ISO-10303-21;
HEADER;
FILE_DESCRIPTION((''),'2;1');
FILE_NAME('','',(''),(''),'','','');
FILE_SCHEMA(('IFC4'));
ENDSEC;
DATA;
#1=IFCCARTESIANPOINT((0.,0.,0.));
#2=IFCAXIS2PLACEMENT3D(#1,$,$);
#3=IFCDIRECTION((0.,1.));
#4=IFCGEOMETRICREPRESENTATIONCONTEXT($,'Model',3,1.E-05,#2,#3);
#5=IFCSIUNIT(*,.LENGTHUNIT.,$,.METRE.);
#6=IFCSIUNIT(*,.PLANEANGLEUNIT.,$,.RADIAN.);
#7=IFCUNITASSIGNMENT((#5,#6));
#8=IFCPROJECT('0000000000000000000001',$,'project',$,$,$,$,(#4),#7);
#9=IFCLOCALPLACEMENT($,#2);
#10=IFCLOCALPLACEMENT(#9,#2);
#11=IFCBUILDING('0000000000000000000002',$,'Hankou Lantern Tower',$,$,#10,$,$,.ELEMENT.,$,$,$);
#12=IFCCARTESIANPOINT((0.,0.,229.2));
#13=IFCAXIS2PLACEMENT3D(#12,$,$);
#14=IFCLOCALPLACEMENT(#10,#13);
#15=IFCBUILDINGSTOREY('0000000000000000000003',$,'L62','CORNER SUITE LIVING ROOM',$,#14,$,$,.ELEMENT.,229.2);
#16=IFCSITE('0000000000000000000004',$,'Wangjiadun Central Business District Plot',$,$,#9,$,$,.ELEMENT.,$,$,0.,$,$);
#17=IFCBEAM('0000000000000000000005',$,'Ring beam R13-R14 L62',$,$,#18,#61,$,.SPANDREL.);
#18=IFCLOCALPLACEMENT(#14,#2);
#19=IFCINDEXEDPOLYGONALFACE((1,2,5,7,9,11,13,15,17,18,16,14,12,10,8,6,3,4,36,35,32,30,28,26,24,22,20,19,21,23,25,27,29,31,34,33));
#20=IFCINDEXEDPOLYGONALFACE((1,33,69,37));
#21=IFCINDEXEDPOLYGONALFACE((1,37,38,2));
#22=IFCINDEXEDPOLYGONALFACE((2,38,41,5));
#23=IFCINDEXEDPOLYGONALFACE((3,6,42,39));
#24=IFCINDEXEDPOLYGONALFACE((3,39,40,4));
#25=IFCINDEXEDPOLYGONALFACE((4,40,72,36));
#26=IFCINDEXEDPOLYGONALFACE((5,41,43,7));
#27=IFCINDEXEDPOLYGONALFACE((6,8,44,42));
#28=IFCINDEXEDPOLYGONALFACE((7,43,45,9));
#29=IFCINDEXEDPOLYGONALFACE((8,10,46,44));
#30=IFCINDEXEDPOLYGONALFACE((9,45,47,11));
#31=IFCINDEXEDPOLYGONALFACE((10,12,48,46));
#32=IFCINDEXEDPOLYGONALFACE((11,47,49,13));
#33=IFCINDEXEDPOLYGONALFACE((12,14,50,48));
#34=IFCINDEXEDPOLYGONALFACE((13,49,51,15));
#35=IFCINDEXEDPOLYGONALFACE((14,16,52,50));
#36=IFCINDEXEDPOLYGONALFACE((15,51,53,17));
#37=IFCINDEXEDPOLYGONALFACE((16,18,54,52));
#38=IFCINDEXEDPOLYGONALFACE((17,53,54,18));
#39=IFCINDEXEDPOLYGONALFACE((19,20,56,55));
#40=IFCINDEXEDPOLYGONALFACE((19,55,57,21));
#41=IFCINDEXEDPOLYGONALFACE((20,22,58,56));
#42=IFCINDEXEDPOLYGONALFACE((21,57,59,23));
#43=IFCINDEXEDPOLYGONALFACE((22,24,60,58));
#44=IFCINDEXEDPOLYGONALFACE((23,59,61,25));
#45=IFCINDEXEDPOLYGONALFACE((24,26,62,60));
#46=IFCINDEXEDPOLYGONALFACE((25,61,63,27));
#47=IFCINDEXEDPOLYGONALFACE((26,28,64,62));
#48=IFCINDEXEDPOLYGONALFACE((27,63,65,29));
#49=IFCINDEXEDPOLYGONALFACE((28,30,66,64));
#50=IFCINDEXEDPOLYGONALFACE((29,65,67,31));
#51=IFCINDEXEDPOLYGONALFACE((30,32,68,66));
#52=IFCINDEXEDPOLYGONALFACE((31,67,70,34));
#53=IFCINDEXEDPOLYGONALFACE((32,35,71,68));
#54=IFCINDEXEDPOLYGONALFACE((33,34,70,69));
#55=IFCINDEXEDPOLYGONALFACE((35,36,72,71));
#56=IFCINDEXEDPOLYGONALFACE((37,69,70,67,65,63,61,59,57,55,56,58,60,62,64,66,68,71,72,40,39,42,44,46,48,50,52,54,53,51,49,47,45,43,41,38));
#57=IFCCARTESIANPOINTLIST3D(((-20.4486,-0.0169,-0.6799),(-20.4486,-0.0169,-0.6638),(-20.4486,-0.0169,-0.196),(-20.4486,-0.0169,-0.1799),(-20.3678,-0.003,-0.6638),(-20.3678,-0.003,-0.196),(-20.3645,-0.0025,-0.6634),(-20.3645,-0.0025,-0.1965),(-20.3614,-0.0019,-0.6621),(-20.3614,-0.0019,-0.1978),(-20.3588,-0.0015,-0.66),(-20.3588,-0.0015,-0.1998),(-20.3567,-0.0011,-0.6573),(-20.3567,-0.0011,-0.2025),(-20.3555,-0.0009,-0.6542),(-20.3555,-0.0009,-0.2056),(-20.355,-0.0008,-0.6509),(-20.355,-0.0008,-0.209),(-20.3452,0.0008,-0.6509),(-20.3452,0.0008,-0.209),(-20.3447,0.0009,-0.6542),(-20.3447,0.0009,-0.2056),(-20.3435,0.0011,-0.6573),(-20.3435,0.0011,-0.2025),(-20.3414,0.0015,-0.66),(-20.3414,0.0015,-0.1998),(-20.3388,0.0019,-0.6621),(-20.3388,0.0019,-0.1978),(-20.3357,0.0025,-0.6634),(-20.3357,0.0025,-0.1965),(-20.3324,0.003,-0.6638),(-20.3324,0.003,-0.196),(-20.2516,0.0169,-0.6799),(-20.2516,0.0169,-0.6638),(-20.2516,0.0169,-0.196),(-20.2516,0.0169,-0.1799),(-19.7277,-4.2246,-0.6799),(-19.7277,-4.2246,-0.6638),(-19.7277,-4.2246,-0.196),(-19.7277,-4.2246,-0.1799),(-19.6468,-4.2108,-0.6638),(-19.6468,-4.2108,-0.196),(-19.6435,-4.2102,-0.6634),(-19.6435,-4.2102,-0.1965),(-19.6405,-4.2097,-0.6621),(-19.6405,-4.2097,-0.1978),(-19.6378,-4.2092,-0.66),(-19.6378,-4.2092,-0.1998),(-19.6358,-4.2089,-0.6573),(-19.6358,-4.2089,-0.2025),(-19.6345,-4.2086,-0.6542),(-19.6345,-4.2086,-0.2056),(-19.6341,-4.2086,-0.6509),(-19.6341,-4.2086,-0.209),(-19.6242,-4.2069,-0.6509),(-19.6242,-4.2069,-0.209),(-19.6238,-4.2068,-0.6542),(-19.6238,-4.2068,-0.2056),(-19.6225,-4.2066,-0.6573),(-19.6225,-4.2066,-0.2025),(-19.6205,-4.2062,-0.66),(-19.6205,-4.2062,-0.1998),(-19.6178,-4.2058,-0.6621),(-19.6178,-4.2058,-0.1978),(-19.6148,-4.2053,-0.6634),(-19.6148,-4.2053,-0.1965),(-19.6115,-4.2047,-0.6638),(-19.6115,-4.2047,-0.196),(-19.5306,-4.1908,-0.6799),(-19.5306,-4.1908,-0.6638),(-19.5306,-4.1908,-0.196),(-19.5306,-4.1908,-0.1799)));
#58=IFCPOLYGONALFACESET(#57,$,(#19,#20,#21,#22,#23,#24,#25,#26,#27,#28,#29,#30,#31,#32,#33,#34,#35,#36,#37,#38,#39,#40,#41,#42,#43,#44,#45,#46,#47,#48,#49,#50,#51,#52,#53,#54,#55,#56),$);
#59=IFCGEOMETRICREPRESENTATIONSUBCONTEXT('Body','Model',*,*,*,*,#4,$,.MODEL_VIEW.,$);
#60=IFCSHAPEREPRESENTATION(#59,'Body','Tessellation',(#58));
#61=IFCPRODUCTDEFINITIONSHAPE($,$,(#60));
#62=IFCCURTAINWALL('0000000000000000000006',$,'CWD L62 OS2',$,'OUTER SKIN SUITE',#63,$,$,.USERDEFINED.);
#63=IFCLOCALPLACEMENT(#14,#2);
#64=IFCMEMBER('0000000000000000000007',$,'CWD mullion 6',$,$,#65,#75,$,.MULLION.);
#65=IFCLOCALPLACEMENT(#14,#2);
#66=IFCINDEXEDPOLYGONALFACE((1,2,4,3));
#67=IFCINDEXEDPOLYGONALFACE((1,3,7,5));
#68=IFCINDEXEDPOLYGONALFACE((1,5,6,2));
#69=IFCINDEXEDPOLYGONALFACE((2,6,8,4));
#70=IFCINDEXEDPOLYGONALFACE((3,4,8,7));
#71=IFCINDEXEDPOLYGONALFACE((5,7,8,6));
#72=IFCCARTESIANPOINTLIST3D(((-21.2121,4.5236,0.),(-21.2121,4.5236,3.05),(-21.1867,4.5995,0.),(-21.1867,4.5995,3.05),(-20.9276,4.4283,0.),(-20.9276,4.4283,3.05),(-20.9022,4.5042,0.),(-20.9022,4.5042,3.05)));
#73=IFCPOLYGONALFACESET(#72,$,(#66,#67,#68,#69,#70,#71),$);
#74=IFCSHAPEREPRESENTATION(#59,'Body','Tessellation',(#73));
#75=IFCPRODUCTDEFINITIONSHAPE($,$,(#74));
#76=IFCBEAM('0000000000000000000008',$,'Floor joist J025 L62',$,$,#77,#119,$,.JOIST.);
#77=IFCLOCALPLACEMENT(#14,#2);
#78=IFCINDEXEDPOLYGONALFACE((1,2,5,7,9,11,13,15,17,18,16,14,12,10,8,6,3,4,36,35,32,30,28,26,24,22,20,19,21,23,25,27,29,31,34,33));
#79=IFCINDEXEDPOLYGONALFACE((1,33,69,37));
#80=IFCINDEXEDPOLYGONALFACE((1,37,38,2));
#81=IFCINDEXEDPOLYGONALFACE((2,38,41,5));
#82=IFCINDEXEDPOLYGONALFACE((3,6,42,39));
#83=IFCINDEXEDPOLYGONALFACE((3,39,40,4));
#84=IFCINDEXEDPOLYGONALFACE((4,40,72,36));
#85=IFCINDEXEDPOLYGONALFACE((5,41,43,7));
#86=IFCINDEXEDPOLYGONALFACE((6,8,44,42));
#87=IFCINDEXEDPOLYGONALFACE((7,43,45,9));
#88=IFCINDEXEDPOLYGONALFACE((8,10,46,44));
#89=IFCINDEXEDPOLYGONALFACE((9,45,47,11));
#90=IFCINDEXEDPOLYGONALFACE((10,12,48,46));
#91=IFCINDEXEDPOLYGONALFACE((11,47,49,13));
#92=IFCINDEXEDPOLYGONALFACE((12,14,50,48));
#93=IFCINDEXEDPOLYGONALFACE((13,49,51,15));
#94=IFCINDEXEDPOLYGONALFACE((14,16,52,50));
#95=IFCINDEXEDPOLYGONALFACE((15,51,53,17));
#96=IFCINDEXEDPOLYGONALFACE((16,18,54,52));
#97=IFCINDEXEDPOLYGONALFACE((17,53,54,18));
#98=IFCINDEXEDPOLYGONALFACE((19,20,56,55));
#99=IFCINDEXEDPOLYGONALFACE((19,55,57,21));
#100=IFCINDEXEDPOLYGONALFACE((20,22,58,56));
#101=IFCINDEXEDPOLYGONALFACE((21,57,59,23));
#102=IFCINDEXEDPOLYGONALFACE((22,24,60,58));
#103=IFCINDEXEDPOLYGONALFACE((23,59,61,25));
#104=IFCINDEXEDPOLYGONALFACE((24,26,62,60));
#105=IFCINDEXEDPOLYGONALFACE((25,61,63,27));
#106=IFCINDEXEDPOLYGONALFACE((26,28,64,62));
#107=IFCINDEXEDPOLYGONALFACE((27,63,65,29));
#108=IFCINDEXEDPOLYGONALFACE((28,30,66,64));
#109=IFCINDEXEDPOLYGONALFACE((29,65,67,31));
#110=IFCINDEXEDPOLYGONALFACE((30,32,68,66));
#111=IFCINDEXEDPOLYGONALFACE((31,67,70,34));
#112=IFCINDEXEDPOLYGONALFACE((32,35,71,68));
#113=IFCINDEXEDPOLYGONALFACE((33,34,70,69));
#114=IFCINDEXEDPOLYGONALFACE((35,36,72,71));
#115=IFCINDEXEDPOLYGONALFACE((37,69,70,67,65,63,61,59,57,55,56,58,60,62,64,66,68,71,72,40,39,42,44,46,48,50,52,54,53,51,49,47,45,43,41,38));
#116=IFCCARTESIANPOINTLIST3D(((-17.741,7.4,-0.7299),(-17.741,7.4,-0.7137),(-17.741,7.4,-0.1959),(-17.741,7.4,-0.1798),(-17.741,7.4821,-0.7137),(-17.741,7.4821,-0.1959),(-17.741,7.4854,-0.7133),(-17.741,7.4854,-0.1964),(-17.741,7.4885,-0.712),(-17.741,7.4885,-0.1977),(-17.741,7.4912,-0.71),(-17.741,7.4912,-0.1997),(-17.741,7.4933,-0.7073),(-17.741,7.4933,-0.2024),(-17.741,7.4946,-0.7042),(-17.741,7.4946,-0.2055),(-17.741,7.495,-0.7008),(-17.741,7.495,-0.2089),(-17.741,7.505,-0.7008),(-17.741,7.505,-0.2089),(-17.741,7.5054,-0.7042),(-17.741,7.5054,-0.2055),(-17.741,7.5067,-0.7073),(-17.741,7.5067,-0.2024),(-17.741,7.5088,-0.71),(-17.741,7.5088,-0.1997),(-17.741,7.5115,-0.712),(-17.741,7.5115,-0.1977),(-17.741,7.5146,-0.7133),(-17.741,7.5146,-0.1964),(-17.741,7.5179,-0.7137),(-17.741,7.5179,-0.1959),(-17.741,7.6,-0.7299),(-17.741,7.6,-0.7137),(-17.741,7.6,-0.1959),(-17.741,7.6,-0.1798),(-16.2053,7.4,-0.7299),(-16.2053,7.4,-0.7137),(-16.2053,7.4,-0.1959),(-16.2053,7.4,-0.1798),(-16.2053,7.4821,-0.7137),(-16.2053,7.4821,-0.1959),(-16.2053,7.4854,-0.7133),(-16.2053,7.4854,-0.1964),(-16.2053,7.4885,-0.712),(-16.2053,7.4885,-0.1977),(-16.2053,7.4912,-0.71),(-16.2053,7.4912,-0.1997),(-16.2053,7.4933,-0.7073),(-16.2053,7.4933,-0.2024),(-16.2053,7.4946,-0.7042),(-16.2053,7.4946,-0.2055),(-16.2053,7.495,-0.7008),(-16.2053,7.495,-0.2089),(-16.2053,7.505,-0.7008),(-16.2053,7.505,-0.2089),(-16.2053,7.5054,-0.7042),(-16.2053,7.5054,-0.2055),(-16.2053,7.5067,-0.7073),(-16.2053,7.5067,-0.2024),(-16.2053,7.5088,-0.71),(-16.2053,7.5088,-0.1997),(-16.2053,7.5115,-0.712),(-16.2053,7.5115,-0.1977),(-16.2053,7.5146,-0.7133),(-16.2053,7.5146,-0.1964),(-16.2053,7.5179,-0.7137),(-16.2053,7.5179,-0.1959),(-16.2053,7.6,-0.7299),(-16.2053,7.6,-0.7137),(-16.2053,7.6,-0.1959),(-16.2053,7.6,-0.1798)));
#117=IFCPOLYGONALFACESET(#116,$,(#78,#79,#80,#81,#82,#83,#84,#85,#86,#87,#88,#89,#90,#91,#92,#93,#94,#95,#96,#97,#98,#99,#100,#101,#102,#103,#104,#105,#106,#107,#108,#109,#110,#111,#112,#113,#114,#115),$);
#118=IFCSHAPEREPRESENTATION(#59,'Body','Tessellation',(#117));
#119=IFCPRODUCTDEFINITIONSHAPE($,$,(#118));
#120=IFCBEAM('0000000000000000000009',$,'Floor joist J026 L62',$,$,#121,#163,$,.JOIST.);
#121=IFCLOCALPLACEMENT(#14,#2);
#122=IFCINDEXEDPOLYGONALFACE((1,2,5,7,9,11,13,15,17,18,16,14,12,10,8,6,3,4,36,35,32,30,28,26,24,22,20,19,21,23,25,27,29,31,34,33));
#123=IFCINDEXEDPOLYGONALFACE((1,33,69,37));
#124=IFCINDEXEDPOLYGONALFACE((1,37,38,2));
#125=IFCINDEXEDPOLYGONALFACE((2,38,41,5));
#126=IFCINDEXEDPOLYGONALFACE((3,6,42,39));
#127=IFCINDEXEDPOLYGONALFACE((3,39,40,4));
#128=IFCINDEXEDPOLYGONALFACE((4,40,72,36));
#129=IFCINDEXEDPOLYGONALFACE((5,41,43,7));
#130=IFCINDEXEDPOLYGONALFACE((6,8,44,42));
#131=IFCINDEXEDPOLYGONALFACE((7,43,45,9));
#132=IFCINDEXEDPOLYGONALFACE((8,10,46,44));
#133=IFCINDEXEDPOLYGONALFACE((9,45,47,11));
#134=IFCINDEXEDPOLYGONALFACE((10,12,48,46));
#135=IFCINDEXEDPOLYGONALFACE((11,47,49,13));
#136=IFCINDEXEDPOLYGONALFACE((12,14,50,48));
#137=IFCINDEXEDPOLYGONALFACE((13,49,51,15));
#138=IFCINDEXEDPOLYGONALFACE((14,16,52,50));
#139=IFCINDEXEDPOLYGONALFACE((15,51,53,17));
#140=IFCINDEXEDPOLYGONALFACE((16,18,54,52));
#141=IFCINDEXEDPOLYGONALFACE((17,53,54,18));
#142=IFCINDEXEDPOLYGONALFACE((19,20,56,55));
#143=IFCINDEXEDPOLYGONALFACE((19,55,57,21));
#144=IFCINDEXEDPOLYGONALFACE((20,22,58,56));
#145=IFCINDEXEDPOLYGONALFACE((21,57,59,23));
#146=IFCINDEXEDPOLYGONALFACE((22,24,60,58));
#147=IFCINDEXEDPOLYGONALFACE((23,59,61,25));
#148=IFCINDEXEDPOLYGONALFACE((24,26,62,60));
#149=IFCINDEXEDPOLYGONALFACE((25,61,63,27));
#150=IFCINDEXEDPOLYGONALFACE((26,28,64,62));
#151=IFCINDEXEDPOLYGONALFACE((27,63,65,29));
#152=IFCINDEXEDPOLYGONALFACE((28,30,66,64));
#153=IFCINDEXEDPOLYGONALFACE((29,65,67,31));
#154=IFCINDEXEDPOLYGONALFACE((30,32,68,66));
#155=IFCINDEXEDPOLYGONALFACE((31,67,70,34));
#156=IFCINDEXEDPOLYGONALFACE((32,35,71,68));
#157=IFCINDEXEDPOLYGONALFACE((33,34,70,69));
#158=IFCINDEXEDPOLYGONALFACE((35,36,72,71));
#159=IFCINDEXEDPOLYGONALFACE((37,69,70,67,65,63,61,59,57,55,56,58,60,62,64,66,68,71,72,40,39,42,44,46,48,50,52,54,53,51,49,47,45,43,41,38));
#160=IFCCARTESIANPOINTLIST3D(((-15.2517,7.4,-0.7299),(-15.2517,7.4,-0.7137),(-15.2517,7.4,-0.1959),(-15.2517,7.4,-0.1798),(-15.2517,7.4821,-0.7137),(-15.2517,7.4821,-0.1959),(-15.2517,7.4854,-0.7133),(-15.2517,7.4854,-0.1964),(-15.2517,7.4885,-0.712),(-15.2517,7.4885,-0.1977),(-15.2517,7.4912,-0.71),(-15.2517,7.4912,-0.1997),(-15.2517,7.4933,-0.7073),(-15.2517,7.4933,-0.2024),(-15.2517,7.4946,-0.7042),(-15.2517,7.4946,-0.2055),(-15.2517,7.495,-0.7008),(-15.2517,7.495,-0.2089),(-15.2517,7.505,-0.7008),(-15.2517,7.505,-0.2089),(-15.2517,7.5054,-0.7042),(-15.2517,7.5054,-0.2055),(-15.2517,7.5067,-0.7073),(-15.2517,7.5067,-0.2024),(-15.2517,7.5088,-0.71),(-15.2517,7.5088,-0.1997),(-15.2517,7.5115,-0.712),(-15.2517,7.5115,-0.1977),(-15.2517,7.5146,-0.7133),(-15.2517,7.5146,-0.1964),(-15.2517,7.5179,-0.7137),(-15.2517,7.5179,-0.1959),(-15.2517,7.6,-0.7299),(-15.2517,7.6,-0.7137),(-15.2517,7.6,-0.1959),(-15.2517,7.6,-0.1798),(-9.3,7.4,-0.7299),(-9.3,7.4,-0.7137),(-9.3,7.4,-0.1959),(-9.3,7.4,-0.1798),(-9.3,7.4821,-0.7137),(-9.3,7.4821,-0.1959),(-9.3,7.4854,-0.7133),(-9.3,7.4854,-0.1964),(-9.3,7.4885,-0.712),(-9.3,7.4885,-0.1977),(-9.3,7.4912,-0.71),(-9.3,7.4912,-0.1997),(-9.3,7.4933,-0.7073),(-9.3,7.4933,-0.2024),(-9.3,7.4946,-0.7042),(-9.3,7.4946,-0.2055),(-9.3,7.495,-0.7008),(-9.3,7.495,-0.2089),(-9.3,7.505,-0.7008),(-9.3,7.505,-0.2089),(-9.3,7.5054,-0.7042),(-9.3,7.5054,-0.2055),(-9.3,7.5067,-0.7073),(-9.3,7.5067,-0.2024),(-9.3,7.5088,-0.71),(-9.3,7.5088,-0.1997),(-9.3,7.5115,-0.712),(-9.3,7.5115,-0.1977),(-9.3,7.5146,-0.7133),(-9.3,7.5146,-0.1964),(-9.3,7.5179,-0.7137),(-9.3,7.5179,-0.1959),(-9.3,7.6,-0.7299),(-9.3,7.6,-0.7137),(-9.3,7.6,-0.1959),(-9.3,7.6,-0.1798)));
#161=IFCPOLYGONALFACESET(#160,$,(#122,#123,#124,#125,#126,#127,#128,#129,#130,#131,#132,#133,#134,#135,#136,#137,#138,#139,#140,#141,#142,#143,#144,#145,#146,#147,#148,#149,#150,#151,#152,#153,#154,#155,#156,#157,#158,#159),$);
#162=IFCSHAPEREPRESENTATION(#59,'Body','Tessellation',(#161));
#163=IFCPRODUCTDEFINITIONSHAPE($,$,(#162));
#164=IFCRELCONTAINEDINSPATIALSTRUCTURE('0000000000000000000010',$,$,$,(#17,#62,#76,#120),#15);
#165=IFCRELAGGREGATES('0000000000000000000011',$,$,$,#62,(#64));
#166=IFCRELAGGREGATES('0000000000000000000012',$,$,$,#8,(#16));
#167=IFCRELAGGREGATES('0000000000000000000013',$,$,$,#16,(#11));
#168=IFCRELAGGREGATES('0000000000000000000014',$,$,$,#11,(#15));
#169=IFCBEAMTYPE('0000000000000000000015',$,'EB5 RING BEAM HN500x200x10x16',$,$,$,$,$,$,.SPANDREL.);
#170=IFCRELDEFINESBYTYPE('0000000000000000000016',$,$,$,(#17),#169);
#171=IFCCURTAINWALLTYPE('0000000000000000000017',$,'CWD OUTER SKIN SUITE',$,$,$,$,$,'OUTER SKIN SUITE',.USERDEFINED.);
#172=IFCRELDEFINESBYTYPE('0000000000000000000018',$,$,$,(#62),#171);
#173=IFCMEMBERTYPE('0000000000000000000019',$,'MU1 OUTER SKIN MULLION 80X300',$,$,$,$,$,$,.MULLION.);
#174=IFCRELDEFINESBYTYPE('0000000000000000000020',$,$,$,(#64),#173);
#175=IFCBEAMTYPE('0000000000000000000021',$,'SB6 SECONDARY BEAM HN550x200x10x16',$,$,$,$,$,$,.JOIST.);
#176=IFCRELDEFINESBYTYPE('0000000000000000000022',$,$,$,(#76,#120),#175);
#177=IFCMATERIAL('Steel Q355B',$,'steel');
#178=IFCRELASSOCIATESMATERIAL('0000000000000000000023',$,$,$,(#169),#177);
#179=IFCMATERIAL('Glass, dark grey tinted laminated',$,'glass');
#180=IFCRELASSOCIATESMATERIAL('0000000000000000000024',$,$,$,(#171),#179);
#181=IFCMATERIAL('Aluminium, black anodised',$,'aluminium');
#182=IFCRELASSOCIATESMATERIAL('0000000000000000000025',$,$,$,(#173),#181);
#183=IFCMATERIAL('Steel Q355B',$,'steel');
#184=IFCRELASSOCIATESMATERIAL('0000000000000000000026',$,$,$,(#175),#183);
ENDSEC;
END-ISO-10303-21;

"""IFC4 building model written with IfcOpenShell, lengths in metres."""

from ifc_helpers import new_model, si_unit, direction, frame, origin, origin_2d, place, context, subcontext, project, spatial, rectangle, i_section, extrude, material, material_profile, profile_set, type_object, element, aggregate, save


model = new_model("IFC4")

# Units and contexts
model_context = context("Model", 3, precision=1e-05, world=origin(), true_north=direction((0.0, 1.0)))
body_context = subcontext(model_context, "Body", "Model", "MODEL_VIEW")
ifc_project = project(units=[si_unit("LENGTHUNIT", "METRE"), si_unit("PLANEANGLEUNIT", "RADIAN")], contexts=[model_context])

# Site, building, storey
site_placement = place(None, origin())
site = spatial("IfcSite", under=ifc_project, at=site_placement, Name="Wangjiadun Central Business District Plot", CompositionType="ELEMENT", RefElevation=0.0)
building_placement = place(site_placement, origin())
building = spatial("IfcBuilding", under=site, at=building_placement, Name="Hankou Lantern Tower", CompositionType="ELEMENT")
storey_placement = place(building_placement, frame((0.0, 0.0, 229.2)))
storey = spatial("IfcBuildingStorey", under=building, at=storey_placement, Name="L62", Description="CORNER SUITE LIVING ROOM", CompositionType="ELEMENT", Elevation=229.2)

# Beam
ifc_material_1 = material(Name="Steel Q355B", Category="steel")
ifc_material_profile_1 = material_profile(ifc_material_1, i_section(OverallWidth=0.2, OverallDepth=0.5, WebThickness=0.01, FlangeThickness=0.0161, FilletRadius=0.0129, at=origin_2d()), Name="HN500x200x10x16")
ifc_profile_set_1 = profile_set([ifc_material_profile_1], Name="Steel Q355B")
beam_type_1 = type_object("IfcBeamType", Name="EB5 RING BEAM HN500x200x10x16", PredefinedType="SPANDREL", material=ifc_profile_set_1)
for number, where, z_axis, x_axis, name in (
    (1, (-20.3501, 0.0, -0.4299), (0.168877, -0.985637, 0.0), (0.985637, 0.168877, 0.0), "Ring beam R13-R14 L62"),
):
    element("IfcBeam", number, at=place(storey_placement, frame(where, z_axis=z_axis, x_axis=x_axis)), inside=storey, type_object=beam_type_1, Name=name, PredefinedType="SPANDREL", context=body_context, shape_type="SweptSolid", body=[
        extrude(i_section(OverallWidth=0.2, OverallDepth=0.5, WebThickness=0.01, FlangeThickness=0.0161, FilletRadius=0.0129, at=origin_2d()), origin(), (0.0, 0.0, 1.0), 4.269),
    ])

# Curtain wall, member
ifc_material_2 = material(Name="Glass, dark grey tinted laminated", Category="glass")
curtain_wall_type = type_object("IfcCurtainWallType", Name="CWD OUTER SKIN SUITE", ElementType="OUTER SKIN SUITE", PredefinedType="USERDEFINED", material=ifc_material_2)
curtain_wall_placement = place(storey_placement, origin())
curtain_wall = element("IfcCurtainWall", 2, at=curtain_wall_placement, inside=storey, type_object=curtain_wall_type, Name="CWD L62 OS2", ObjectType="OUTER SKIN SUITE", PredefinedType="USERDEFINED")
ifc_material_3 = material(Name="Aluminium, black anodised", Category="aluminium")
ifc_material_profile_2 = material_profile(ifc_material_3, rectangle(XDim=0.0801, YDim=0.3, at=origin_2d()), Name="MU1 80X300")
ifc_profile_set_2 = profile_set([ifc_material_profile_2], Name="Aluminium, black anodised")
member_type_1 = type_object("IfcMemberType", Name="MU1 OUTER SKIN MULLION 80X300", PredefinedType="MULLION", material=ifc_profile_set_2)
member_1_placement = place(storey_placement, frame((-21.0571, 4.5139, 0.0), z_axis=(0.0, 0.0, 1.0), x_axis=(-0.317596, -0.948226, 0.0)))
member_1 = element("IfcMember", 3, at=member_1_placement, type_object=member_type_1, Name="CWD mullion 6", PredefinedType="MULLION", context=body_context, shape_type="SweptSolid", body=[
    extrude(rectangle(XDim=0.0801, YDim=0.3, at=origin_2d()), origin(), (0.0, 0.0, 1.0), 3.05),
])

# Beams
ifc_material_4 = material(Name="Steel Q355B", Category="steel")
ifc_material_profile_3 = material_profile(ifc_material_4, i_section(OverallWidth=0.2, OverallDepth=0.55, WebThickness=0.01, FlangeThickness=0.0161, FilletRadius=0.0129, at=origin_2d()), Name="HN550x200x10x16")
ifc_profile_set_3 = profile_set([ifc_material_profile_3], Name="Steel Q355B")
beam_type_2 = type_object("IfcBeamType", Name="SB6 SECONDARY BEAM HN550x200x10x16", PredefinedType="JOIST", material=ifc_profile_set_3)
beam_1_placement = place(storey_placement, frame((-17.741, 7.5, -0.4548), z_axis=(1.0, 0.0, 0.0), x_axis=(0.0, 1.0, 0.0)))
element("IfcBeam", 4, at=beam_1_placement, inside=storey, type_object=beam_type_2, Name="Floor joist J025 L62", PredefinedType="JOIST", context=body_context, shape_type="SweptSolid", body=[
    extrude(i_section(OverallWidth=0.2, OverallDepth=0.55, WebThickness=0.01, FlangeThickness=0.0161, FilletRadius=0.0129, at=origin_2d()), origin(), (0.0, 0.0, 1.0), 1.5356),
])
beam_2_placement = place(storey_placement, frame((-15.2517, 7.5, -0.4548), z_axis=(1.0, 0.0, 0.0), x_axis=(0.0, 1.0, 0.0)))
element("IfcBeam", 5, at=beam_2_placement, inside=storey, type_object=beam_type_2, Name="Floor joist J026 L62", PredefinedType="JOIST", context=body_context, shape_type="SweptSolid", body=[
    extrude(i_section(OverallWidth=0.2, OverallDepth=0.55, WebThickness=0.01, FlangeThickness=0.0161, FilletRadius=0.0129, at=origin_2d()), origin(), (0.0, 0.0, 1.0), 5.9517),
])

aggregate(curtain_wall, [member_1])

save(model, "model.ifc")
